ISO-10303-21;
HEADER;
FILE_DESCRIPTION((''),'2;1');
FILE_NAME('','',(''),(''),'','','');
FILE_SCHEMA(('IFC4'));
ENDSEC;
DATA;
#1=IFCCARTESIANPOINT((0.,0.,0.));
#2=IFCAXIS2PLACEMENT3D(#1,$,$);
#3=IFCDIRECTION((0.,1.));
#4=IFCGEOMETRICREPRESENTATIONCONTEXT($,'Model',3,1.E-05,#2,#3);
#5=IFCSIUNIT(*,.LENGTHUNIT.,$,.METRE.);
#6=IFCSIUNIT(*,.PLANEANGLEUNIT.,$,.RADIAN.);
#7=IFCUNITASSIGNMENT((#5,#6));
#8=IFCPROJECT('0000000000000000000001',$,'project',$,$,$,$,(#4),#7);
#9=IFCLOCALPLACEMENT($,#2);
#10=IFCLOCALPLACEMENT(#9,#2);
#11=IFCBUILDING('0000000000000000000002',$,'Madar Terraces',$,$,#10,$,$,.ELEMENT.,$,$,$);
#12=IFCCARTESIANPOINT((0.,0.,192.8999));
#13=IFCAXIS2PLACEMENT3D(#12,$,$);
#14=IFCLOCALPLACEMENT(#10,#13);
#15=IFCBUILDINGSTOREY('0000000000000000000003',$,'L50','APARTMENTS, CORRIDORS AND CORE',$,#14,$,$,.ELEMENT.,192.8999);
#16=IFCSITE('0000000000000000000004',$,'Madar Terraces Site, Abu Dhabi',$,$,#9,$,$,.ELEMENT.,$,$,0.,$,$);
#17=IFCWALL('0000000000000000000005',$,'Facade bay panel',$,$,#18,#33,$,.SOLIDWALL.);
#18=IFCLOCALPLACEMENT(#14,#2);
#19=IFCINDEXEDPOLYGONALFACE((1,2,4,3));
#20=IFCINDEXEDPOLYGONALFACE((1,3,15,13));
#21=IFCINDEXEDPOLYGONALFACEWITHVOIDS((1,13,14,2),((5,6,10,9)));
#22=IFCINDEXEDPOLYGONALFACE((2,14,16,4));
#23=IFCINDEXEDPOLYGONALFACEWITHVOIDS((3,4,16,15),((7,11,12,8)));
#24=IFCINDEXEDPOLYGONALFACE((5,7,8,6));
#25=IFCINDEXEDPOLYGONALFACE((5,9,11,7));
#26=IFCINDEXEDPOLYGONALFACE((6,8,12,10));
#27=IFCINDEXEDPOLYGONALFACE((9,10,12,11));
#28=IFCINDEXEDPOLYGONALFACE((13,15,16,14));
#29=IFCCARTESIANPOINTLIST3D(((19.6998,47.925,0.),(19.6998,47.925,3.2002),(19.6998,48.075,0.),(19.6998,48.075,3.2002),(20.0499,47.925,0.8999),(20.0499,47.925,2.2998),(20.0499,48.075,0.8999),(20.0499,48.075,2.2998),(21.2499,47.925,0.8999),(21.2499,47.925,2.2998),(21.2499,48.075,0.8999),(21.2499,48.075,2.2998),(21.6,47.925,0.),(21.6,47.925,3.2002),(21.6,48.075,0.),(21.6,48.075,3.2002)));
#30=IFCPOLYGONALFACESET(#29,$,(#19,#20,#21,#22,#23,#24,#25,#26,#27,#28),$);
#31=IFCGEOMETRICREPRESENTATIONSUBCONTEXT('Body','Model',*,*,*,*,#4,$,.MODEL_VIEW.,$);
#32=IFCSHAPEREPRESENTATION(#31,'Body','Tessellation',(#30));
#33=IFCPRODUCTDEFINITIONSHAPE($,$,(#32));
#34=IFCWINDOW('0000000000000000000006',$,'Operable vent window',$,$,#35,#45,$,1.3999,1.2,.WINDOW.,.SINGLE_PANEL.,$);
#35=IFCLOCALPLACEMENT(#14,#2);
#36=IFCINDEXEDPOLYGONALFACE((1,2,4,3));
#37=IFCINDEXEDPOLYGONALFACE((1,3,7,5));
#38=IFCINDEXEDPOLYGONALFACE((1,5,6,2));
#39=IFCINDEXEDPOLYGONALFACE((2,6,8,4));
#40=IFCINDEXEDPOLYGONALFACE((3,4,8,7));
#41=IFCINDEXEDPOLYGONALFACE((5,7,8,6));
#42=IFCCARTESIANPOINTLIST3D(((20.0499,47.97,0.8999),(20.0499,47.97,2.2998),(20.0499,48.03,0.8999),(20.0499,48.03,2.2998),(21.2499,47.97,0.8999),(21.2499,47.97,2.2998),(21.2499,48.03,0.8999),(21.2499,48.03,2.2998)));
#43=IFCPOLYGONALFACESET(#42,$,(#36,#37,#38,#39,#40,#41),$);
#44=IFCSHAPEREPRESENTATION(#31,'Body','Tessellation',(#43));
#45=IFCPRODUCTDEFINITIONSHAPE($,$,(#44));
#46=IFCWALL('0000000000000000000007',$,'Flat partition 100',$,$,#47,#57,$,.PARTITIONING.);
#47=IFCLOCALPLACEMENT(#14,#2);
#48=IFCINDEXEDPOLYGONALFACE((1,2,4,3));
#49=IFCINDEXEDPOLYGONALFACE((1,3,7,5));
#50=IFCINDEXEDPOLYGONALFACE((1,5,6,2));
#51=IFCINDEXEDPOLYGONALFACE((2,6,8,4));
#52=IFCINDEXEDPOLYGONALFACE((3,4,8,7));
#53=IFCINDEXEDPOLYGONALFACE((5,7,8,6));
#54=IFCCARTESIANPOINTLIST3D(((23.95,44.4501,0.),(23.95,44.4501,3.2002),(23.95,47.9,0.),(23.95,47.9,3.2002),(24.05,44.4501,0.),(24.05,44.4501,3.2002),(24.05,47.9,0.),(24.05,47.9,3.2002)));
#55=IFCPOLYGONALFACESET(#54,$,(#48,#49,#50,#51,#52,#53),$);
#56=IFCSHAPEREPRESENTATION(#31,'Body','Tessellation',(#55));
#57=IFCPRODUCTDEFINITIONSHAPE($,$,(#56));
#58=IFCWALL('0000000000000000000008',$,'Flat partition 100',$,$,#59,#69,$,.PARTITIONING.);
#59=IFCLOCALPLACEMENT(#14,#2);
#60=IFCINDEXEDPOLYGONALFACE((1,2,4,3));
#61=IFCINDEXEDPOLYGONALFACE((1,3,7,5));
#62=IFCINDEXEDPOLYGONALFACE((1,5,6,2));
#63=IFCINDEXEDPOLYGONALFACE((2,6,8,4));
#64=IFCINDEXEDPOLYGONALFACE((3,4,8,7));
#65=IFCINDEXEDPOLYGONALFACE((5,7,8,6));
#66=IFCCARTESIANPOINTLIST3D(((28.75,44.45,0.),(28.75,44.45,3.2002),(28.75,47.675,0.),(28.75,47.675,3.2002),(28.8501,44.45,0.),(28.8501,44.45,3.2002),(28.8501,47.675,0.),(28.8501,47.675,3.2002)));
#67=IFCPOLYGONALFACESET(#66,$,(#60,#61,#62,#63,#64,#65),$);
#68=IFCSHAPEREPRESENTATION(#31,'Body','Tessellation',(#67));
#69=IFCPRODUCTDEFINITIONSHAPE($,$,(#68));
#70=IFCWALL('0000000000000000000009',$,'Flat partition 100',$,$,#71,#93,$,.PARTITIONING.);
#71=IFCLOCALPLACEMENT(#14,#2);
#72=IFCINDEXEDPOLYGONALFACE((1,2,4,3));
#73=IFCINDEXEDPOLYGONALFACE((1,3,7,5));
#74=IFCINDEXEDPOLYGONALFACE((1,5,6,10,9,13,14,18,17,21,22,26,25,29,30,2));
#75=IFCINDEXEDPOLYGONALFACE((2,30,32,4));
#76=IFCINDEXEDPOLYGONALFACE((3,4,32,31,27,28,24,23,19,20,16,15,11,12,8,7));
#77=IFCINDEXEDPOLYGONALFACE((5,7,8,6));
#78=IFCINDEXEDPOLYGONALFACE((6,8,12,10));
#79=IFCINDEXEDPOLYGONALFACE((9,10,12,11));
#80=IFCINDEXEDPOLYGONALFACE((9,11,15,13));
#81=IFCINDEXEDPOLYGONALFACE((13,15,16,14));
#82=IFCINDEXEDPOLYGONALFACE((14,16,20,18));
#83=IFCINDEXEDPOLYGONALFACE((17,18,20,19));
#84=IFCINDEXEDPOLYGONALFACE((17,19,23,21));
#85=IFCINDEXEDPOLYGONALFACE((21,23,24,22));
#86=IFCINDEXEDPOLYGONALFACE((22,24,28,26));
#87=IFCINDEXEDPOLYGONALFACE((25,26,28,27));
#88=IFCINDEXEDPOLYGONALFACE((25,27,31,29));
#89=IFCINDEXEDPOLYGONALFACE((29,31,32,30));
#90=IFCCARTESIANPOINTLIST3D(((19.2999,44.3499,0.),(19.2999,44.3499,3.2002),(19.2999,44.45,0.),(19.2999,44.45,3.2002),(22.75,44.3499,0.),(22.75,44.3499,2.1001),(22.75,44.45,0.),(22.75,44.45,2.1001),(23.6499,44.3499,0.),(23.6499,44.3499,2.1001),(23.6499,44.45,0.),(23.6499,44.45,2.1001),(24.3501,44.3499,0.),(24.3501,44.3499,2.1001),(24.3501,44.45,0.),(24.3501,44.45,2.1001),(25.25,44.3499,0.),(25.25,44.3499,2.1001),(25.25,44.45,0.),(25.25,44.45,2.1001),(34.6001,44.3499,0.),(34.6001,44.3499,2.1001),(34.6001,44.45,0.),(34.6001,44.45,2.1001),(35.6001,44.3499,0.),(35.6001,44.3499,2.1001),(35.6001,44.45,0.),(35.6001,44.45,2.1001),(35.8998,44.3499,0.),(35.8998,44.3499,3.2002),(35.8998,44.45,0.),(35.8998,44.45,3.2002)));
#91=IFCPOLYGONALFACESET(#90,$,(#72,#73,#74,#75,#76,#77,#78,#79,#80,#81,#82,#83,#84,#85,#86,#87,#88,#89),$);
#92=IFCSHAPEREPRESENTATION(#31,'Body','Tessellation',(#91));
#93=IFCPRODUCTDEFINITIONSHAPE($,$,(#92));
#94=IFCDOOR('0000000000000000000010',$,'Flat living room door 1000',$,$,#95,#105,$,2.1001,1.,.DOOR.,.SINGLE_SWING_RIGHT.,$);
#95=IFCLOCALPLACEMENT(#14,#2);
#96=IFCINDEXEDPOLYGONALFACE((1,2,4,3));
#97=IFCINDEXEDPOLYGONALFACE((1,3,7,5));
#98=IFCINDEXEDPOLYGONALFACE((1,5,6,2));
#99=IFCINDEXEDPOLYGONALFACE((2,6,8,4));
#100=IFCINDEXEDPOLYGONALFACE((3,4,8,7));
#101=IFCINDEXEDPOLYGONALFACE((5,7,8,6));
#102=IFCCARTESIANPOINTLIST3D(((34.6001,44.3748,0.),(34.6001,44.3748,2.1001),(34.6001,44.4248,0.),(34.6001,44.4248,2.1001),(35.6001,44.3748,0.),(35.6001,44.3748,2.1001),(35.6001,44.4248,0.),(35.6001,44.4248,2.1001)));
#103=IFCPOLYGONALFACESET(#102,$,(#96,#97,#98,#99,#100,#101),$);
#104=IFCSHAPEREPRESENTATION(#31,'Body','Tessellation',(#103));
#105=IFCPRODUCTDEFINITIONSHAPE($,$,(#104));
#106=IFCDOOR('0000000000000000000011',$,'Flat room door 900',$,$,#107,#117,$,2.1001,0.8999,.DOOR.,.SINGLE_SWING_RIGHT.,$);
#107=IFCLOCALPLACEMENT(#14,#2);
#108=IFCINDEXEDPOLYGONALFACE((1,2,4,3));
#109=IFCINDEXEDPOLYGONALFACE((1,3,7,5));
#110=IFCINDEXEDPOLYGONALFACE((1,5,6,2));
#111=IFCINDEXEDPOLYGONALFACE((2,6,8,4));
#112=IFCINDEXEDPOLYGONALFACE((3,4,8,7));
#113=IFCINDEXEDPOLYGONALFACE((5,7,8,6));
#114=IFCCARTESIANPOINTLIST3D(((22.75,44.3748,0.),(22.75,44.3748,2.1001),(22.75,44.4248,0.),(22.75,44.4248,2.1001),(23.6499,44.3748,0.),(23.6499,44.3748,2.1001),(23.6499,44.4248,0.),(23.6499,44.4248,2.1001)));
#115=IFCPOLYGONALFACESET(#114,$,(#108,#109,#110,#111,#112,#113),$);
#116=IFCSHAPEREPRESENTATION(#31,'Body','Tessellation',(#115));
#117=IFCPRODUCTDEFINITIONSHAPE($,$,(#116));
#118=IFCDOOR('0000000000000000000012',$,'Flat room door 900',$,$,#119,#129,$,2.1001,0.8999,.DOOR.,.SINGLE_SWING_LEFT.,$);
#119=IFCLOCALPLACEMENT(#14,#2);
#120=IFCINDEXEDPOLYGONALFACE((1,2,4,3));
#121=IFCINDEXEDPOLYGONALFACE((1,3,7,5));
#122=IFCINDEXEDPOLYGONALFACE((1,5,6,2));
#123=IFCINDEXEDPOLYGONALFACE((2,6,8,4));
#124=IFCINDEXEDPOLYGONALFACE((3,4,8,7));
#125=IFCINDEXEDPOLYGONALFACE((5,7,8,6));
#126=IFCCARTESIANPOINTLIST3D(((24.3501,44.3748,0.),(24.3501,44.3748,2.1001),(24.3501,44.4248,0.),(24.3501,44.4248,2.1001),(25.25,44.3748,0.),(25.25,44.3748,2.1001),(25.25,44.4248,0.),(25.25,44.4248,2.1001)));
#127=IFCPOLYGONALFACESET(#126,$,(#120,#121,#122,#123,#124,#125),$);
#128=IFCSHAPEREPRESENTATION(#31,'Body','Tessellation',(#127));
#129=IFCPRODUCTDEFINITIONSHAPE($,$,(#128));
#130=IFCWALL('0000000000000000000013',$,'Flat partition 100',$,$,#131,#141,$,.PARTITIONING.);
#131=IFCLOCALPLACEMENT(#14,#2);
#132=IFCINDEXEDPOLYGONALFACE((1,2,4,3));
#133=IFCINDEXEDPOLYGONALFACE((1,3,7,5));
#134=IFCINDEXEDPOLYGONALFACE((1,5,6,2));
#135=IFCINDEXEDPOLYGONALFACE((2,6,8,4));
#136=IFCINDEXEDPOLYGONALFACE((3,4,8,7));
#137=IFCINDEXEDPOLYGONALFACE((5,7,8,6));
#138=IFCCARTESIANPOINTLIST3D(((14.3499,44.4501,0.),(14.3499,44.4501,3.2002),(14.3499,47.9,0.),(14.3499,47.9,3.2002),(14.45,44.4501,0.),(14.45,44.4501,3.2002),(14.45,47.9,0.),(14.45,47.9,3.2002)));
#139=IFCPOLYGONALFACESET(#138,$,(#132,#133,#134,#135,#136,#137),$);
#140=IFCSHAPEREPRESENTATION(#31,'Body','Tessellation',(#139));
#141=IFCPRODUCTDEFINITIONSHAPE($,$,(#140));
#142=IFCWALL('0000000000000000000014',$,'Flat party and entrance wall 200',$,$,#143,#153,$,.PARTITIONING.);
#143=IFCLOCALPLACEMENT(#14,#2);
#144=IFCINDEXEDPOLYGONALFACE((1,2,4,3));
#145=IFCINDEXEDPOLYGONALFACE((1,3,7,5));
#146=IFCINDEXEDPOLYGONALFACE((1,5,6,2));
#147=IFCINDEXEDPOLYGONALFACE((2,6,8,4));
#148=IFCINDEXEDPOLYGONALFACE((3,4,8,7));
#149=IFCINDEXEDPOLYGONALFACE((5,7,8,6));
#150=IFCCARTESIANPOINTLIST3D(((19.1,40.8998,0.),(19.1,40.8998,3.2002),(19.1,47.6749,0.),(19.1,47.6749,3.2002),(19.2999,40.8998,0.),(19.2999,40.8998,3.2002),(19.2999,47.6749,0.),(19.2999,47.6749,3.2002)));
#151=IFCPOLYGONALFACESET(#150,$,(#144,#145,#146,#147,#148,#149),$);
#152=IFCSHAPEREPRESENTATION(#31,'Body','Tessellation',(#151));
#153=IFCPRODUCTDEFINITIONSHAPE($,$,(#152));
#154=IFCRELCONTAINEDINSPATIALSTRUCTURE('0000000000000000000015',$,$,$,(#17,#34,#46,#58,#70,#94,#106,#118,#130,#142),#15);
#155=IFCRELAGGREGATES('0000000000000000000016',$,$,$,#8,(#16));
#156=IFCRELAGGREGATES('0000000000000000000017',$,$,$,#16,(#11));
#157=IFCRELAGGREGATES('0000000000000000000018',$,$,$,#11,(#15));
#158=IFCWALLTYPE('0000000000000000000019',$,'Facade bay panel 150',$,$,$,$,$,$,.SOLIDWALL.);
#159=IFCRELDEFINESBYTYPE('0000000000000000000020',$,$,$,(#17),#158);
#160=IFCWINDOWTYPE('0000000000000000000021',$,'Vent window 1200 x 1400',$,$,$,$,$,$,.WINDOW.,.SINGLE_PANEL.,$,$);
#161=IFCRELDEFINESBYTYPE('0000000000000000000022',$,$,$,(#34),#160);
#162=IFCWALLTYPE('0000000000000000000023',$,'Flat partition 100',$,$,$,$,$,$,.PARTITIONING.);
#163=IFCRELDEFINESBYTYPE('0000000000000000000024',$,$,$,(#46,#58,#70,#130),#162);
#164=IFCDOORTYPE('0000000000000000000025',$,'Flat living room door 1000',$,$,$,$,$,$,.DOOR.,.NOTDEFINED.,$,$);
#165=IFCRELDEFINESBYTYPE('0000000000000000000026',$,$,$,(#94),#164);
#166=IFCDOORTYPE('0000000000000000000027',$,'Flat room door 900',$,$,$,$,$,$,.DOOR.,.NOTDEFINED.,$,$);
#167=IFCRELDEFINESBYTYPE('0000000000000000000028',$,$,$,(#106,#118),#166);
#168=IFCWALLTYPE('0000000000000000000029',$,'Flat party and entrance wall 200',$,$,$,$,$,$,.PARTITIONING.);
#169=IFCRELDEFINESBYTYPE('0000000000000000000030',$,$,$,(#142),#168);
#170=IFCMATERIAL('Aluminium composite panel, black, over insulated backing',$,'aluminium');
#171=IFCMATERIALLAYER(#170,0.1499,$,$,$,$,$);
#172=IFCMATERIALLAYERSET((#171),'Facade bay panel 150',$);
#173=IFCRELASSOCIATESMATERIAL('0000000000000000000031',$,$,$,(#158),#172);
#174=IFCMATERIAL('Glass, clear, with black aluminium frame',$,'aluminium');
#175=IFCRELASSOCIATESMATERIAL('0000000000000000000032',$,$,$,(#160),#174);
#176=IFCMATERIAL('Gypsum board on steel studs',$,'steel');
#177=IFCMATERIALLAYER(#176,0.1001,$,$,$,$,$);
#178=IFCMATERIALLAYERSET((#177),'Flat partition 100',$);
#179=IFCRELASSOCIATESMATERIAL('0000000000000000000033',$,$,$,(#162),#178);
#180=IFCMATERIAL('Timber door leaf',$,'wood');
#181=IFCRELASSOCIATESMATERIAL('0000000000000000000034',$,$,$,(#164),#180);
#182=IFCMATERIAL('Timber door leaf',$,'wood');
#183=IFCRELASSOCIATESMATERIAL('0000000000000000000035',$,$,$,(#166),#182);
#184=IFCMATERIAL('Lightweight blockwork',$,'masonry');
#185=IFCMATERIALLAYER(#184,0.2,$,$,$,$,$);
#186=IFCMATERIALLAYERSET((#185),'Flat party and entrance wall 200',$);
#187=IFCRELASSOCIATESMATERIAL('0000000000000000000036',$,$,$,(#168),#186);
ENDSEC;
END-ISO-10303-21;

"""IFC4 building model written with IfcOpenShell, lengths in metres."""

from ifc_helpers import new_model, si_unit, direction, frame, frame_2d, origin, place, context, subcontext, project, spatial, rectangle, extrude, material, layer, layer_set, type_object, element, fill, save


model = new_model("IFC4")

# Units and contexts
model_context = context("Model", 3, precision=1e-05, world=origin(), true_north=direction((0.0, 1.0)))
body_context = subcontext(model_context, "Body", "Model", "MODEL_VIEW")
ifc_project = project(units=[si_unit("LENGTHUNIT", "METRE"), si_unit("PLANEANGLEUNIT", "RADIAN")], contexts=[model_context])

# Site, building, storey
site_placement = place(None, origin())
site = spatial("IfcSite", under=ifc_project, at=site_placement, Name="Madar Terraces Site, Abu Dhabi", CompositionType="ELEMENT", RefElevation=0.0)
building_placement = place(site_placement, origin())
building = spatial("IfcBuilding", under=site, at=building_placement, Name="Madar Terraces", CompositionType="ELEMENT")
storey_placement = place(building_placement, frame((0.0, 0.0, 192.8999)))
storey = spatial("IfcBuildingStorey", under=building, at=storey_placement, Name="L50", Description="APARTMENTS, CORRIDORS AND CORE", CompositionType="ELEMENT", Elevation=192.8999)

# Wall, opening, window
ifc_material_1 = material(Name="Aluminium composite panel, black, over insulated backing", Category="aluminium")
ifc_layer_1 = layer(ifc_material_1, 0.1499)
ifc_layer_set_1 = layer_set([ifc_layer_1], Name="Facade bay panel 150")
wall_type_1 = type_object("IfcWallType", Name="Facade bay panel 150", PredefinedType="SOLIDWALL", material=ifc_layer_set_1)
ifc_material_2 = material(Name="Glass, clear, with black aluminium frame", Category="aluminium")
window_type = type_object("IfcWindowType", Name="Vent window 1200 x 1400", PartitioningType="SINGLE_PANEL", PredefinedType="WINDOW", material=ifc_material_2)
wall_1_placement = place(storey_placement, frame((21.6001, 48.0, 0.0), z_axis=(0.0, 0.0, 1.0), x_axis=(-1.0, 0.0, 0.0)))
wall_1 = element("IfcWall", 1, at=wall_1_placement, inside=storey, type_object=wall_type_1, Name="Facade bay panel", PredefinedType="SOLIDWALL", context=body_context, shape_type="SweptSolid", body=[
    extrude(rectangle(XDim=1.9001, YDim=0.1499, at=frame_2d((0.9502, 0.0))), origin(), (0.0, 0.0, 1.0), 3.2002),
])
opening_1_placement = place(wall_1_placement, frame((0.3501, 0.0, 0.8999)))
opening_1 = element("IfcOpeningElement", 2, at=opening_1_placement, cuts=wall_1, PredefinedType="OPENING", context=body_context, shape_type="SweptSolid", body=[
    extrude(rectangle(XDim=1.2, YDim=1.3999, at=frame_2d((0.6001, 0.7))), frame((0.0, 0.085, 0.0), z_axis=(0.0, -1.0, 0.0), x_axis=(1.0, 0.0, 0.0)), (0.0, 0.0, 1.0), 0.1699),
])
window_1_placement = place(opening_1_placement, origin())
window_1 = element("IfcWindow", 3, at=window_1_placement, inside=storey, type_object=window_type, Name="Operable vent window", OverallHeight=1.3999, OverallWidth=1.2, PartitioningType="SINGLE_PANEL", PredefinedType="WINDOW", context=body_context, shape_type="SweptSolid", body=[
    extrude(rectangle(XDim=1.2, YDim=1.3999, at=frame_2d((0.6001, 0.7))), frame((0.0, 0.03, 0.0), z_axis=(0.0, -1.0, 0.0), x_axis=(1.0, 0.0, 0.0)), (0.0, 0.0, 1.0), 0.0601),
])
fill(opening_1, window_1)

# Walls
ifc_material_3 = material(Name="Gypsum board on steel studs", Category="steel")
ifc_layer_2 = layer(ifc_material_3, 0.1001)
ifc_layer_set_2 = layer_set([ifc_layer_2], Name="Flat partition 100")
wall_type_2 = type_object("IfcWallType", Name="Flat partition 100", PredefinedType="PARTITIONING", material=ifc_layer_set_2)
wall_2_placement = place(storey_placement, frame((24.0, 44.45, 0.0), z_axis=(0.0, 0.0, 1.0), x_axis=(0.0, 1.0, 0.0)))
element("IfcWall", 4, at=wall_2_placement, inside=storey, type_object=wall_type_2, Name="Flat partition 100", PredefinedType="PARTITIONING", context=body_context, shape_type="SweptSolid", body=[
    extrude(rectangle(XDim=3.45, YDim=0.1001, at=frame_2d((1.7251, 0.0))), origin(), (0.0, 0.0, 1.0), 3.2002),
])
wall_3_placement = place(storey_placement, frame((28.8, 44.45, 0.0), z_axis=(0.0, 0.0, 1.0), x_axis=(0.0, 1.0, 0.0)))
element("IfcWall", 5, at=wall_3_placement, inside=storey, type_object=wall_type_2, Name="Flat partition 100", PredefinedType="PARTITIONING", context=body_context, shape_type="SweptSolid", body=[
    extrude(rectangle(XDim=3.2251, YDim=0.1001, at=frame_2d((1.6125, 0.0))), origin(), (0.0, 0.0, 1.0), 3.2002),
])

# Wall, openings, doors
wall_4_placement = place(storey_placement, frame((19.3, 44.3999, 0.0), z_axis=(0.0, 0.0, 1.0), x_axis=(1.0, 0.0, 0.0)))
wall_4 = element("IfcWall", 6, at=wall_4_placement, inside=storey, type_object=wall_type_2, Name="Flat partition 100", PredefinedType="PARTITIONING", context=body_context, shape_type="SweptSolid", body=[
    extrude(rectangle(XDim=16.5999, YDim=0.1001, at=frame_2d((8.2998, 0.0))), origin(), (0.0, 0.0, 1.0), 3.2002),
])
opening_2_placement = place(wall_4_placement, frame((3.45, 0.0, 0.0)))
opening_2 = element("IfcOpeningElement", 7, at=opening_2_placement, cuts=wall_4, PredefinedType="OPENING", context=body_context, shape_type="SweptSolid", body=[
    extrude(rectangle(XDim=0.8999, YDim=2.1001, at=frame_2d((0.45, 1.05))), frame((0.0, 0.0601, 0.0), z_axis=(0.0, -1.0, 0.0), x_axis=(1.0, 0.0, 0.0)), (0.0, 0.0, 1.0), 0.1201),
])
opening_3_placement = place(wall_4_placement, frame((5.05, 0.0, 0.0)))
opening_3 = element("IfcOpeningElement", 8, at=opening_3_placement, cuts=wall_4, PredefinedType="OPENING", context=body_context, shape_type="SweptSolid", body=[
    extrude(rectangle(XDim=0.8999, YDim=2.1001, at=frame_2d((0.45, 1.05))), frame((0.0, 0.0601, 0.0), z_axis=(0.0, -1.0, 0.0), x_axis=(1.0, 0.0, 0.0)), (0.0, 0.0, 1.0), 0.1201),
])
opening_4_placement = place(wall_4_placement, frame((15.3, 0.0, 0.0)))
opening_4 = element("IfcOpeningElement", 9, at=opening_4_placement, cuts=wall_4, PredefinedType="OPENING", context=body_context, shape_type="SweptSolid", body=[
    extrude(rectangle(XDim=1.0, YDim=2.1001, at=frame_2d((0.5, 1.05))), frame((0.0, 0.0601, 0.0), z_axis=(0.0, -1.0, 0.0), x_axis=(1.0, 0.0, 0.0)), (0.0, 0.0, 1.0), 0.1201),
])
ifc_material_4 = material(Name="Timber door leaf", Category="wood")
door_type_1 = type_object("IfcDoorType", Name="Flat living room door 1000", OperationType="NOTDEFINED", PredefinedType="DOOR", material=ifc_material_4)
door_1_placement = place(opening_4_placement, origin())
door_1 = element("IfcDoor", 10, at=door_1_placement, inside=storey, type_object=door_type_1, Name="Flat living room door 1000", OperationType="SINGLE_SWING_RIGHT", OverallHeight=2.1001, OverallWidth=1.0, PredefinedType="DOOR", context=body_context, shape_type="SweptSolid", body=[
    extrude(rectangle(XDim=1.0, YDim=2.1001, at=frame_2d((0.5, 1.05))), frame((0.0, 0.0249, 0.0), z_axis=(0.0, -1.0, 0.0), x_axis=(1.0, 0.0, 0.0)), (0.0, 0.0, 1.0), 0.05),
])
fill(opening_4, door_1)
ifc_material_5 = material(Name="Timber door leaf", Category="wood")
door_type_2 = type_object("IfcDoorType", Name="Flat room door 900", OperationType="NOTDEFINED", PredefinedType="DOOR", material=ifc_material_5)
door_2_placement = place(opening_2_placement, origin())
door_2 = element("IfcDoor", 11, at=door_2_placement, inside=storey, type_object=door_type_2, Name="Flat room door 900", OperationType="SINGLE_SWING_RIGHT", OverallHeight=2.1001, OverallWidth=0.8999, PredefinedType="DOOR", context=body_context, shape_type="SweptSolid", body=[
    extrude(rectangle(XDim=0.8999, YDim=2.1001, at=frame_2d((0.45, 1.05))), frame((0.0, 0.0249, 0.0), z_axis=(0.0, -1.0, 0.0), x_axis=(1.0, 0.0, 0.0)), (0.0, 0.0, 1.0), 0.05),
])
fill(opening_2, door_2)
door_3_placement = place(opening_3_placement, origin())
door_3 = element("IfcDoor", 12, at=door_3_placement, inside=storey, type_object=door_type_2, Name="Flat room door 900", OperationType="SINGLE_SWING_LEFT", OverallHeight=2.1001, OverallWidth=0.8999, PredefinedType="DOOR", context=body_context, shape_type="SweptSolid", body=[
    extrude(rectangle(XDim=0.8999, YDim=2.1001, at=frame_2d((0.45, 1.05))), frame((0.0, 0.0249, 0.0), z_axis=(0.0, -1.0, 0.0), x_axis=(1.0, 0.0, 0.0)), (0.0, 0.0, 1.0), 0.05),
])
fill(opening_3, door_3)

# Walls
wall_5_placement = place(storey_placement, frame((14.3999, 44.45, 0.0), z_axis=(0.0, 0.0, 1.0), x_axis=(0.0, 1.0, 0.0)))
element("IfcWall", 13, at=wall_5_placement, inside=storey, type_object=wall_type_2, Name="Flat partition 100", PredefinedType="PARTITIONING", context=body_context, shape_type="SweptSolid", body=[
    extrude(rectangle(XDim=3.45, YDim=0.1001, at=frame_2d((1.7251, 0.0))), origin(), (0.0, 0.0, 1.0), 3.2002),
])
ifc_material_6 = material(Name="Lightweight blockwork", Category="masonry")
ifc_layer_3 = layer(ifc_material_6, 0.2)
ifc_layer_set_3 = layer_set([ifc_layer_3], Name="Flat party and entrance wall 200")
wall_type_3 = type_object("IfcWallType", Name="Flat party and entrance wall 200", PredefinedType="PARTITIONING", material=ifc_layer_set_3)
wall_6_placement = place(storey_placement, frame((19.2, 47.675, 0.0), z_axis=(0.0, 0.0, 1.0), x_axis=(0.0, -1.0, 0.0)))
element("IfcWall", 14, at=wall_6_placement, inside=storey, type_object=wall_type_3, Name="Flat party and entrance wall 200", PredefinedType="PARTITIONING", context=body_context, shape_type="SweptSolid", body=[
    extrude(rectangle(XDim=6.7751, YDim=0.2, at=frame_2d((3.3877, 0.0))), origin(), (0.0, 0.0, 1.0), 3.2002),
])

save(model, "model.ifc")
